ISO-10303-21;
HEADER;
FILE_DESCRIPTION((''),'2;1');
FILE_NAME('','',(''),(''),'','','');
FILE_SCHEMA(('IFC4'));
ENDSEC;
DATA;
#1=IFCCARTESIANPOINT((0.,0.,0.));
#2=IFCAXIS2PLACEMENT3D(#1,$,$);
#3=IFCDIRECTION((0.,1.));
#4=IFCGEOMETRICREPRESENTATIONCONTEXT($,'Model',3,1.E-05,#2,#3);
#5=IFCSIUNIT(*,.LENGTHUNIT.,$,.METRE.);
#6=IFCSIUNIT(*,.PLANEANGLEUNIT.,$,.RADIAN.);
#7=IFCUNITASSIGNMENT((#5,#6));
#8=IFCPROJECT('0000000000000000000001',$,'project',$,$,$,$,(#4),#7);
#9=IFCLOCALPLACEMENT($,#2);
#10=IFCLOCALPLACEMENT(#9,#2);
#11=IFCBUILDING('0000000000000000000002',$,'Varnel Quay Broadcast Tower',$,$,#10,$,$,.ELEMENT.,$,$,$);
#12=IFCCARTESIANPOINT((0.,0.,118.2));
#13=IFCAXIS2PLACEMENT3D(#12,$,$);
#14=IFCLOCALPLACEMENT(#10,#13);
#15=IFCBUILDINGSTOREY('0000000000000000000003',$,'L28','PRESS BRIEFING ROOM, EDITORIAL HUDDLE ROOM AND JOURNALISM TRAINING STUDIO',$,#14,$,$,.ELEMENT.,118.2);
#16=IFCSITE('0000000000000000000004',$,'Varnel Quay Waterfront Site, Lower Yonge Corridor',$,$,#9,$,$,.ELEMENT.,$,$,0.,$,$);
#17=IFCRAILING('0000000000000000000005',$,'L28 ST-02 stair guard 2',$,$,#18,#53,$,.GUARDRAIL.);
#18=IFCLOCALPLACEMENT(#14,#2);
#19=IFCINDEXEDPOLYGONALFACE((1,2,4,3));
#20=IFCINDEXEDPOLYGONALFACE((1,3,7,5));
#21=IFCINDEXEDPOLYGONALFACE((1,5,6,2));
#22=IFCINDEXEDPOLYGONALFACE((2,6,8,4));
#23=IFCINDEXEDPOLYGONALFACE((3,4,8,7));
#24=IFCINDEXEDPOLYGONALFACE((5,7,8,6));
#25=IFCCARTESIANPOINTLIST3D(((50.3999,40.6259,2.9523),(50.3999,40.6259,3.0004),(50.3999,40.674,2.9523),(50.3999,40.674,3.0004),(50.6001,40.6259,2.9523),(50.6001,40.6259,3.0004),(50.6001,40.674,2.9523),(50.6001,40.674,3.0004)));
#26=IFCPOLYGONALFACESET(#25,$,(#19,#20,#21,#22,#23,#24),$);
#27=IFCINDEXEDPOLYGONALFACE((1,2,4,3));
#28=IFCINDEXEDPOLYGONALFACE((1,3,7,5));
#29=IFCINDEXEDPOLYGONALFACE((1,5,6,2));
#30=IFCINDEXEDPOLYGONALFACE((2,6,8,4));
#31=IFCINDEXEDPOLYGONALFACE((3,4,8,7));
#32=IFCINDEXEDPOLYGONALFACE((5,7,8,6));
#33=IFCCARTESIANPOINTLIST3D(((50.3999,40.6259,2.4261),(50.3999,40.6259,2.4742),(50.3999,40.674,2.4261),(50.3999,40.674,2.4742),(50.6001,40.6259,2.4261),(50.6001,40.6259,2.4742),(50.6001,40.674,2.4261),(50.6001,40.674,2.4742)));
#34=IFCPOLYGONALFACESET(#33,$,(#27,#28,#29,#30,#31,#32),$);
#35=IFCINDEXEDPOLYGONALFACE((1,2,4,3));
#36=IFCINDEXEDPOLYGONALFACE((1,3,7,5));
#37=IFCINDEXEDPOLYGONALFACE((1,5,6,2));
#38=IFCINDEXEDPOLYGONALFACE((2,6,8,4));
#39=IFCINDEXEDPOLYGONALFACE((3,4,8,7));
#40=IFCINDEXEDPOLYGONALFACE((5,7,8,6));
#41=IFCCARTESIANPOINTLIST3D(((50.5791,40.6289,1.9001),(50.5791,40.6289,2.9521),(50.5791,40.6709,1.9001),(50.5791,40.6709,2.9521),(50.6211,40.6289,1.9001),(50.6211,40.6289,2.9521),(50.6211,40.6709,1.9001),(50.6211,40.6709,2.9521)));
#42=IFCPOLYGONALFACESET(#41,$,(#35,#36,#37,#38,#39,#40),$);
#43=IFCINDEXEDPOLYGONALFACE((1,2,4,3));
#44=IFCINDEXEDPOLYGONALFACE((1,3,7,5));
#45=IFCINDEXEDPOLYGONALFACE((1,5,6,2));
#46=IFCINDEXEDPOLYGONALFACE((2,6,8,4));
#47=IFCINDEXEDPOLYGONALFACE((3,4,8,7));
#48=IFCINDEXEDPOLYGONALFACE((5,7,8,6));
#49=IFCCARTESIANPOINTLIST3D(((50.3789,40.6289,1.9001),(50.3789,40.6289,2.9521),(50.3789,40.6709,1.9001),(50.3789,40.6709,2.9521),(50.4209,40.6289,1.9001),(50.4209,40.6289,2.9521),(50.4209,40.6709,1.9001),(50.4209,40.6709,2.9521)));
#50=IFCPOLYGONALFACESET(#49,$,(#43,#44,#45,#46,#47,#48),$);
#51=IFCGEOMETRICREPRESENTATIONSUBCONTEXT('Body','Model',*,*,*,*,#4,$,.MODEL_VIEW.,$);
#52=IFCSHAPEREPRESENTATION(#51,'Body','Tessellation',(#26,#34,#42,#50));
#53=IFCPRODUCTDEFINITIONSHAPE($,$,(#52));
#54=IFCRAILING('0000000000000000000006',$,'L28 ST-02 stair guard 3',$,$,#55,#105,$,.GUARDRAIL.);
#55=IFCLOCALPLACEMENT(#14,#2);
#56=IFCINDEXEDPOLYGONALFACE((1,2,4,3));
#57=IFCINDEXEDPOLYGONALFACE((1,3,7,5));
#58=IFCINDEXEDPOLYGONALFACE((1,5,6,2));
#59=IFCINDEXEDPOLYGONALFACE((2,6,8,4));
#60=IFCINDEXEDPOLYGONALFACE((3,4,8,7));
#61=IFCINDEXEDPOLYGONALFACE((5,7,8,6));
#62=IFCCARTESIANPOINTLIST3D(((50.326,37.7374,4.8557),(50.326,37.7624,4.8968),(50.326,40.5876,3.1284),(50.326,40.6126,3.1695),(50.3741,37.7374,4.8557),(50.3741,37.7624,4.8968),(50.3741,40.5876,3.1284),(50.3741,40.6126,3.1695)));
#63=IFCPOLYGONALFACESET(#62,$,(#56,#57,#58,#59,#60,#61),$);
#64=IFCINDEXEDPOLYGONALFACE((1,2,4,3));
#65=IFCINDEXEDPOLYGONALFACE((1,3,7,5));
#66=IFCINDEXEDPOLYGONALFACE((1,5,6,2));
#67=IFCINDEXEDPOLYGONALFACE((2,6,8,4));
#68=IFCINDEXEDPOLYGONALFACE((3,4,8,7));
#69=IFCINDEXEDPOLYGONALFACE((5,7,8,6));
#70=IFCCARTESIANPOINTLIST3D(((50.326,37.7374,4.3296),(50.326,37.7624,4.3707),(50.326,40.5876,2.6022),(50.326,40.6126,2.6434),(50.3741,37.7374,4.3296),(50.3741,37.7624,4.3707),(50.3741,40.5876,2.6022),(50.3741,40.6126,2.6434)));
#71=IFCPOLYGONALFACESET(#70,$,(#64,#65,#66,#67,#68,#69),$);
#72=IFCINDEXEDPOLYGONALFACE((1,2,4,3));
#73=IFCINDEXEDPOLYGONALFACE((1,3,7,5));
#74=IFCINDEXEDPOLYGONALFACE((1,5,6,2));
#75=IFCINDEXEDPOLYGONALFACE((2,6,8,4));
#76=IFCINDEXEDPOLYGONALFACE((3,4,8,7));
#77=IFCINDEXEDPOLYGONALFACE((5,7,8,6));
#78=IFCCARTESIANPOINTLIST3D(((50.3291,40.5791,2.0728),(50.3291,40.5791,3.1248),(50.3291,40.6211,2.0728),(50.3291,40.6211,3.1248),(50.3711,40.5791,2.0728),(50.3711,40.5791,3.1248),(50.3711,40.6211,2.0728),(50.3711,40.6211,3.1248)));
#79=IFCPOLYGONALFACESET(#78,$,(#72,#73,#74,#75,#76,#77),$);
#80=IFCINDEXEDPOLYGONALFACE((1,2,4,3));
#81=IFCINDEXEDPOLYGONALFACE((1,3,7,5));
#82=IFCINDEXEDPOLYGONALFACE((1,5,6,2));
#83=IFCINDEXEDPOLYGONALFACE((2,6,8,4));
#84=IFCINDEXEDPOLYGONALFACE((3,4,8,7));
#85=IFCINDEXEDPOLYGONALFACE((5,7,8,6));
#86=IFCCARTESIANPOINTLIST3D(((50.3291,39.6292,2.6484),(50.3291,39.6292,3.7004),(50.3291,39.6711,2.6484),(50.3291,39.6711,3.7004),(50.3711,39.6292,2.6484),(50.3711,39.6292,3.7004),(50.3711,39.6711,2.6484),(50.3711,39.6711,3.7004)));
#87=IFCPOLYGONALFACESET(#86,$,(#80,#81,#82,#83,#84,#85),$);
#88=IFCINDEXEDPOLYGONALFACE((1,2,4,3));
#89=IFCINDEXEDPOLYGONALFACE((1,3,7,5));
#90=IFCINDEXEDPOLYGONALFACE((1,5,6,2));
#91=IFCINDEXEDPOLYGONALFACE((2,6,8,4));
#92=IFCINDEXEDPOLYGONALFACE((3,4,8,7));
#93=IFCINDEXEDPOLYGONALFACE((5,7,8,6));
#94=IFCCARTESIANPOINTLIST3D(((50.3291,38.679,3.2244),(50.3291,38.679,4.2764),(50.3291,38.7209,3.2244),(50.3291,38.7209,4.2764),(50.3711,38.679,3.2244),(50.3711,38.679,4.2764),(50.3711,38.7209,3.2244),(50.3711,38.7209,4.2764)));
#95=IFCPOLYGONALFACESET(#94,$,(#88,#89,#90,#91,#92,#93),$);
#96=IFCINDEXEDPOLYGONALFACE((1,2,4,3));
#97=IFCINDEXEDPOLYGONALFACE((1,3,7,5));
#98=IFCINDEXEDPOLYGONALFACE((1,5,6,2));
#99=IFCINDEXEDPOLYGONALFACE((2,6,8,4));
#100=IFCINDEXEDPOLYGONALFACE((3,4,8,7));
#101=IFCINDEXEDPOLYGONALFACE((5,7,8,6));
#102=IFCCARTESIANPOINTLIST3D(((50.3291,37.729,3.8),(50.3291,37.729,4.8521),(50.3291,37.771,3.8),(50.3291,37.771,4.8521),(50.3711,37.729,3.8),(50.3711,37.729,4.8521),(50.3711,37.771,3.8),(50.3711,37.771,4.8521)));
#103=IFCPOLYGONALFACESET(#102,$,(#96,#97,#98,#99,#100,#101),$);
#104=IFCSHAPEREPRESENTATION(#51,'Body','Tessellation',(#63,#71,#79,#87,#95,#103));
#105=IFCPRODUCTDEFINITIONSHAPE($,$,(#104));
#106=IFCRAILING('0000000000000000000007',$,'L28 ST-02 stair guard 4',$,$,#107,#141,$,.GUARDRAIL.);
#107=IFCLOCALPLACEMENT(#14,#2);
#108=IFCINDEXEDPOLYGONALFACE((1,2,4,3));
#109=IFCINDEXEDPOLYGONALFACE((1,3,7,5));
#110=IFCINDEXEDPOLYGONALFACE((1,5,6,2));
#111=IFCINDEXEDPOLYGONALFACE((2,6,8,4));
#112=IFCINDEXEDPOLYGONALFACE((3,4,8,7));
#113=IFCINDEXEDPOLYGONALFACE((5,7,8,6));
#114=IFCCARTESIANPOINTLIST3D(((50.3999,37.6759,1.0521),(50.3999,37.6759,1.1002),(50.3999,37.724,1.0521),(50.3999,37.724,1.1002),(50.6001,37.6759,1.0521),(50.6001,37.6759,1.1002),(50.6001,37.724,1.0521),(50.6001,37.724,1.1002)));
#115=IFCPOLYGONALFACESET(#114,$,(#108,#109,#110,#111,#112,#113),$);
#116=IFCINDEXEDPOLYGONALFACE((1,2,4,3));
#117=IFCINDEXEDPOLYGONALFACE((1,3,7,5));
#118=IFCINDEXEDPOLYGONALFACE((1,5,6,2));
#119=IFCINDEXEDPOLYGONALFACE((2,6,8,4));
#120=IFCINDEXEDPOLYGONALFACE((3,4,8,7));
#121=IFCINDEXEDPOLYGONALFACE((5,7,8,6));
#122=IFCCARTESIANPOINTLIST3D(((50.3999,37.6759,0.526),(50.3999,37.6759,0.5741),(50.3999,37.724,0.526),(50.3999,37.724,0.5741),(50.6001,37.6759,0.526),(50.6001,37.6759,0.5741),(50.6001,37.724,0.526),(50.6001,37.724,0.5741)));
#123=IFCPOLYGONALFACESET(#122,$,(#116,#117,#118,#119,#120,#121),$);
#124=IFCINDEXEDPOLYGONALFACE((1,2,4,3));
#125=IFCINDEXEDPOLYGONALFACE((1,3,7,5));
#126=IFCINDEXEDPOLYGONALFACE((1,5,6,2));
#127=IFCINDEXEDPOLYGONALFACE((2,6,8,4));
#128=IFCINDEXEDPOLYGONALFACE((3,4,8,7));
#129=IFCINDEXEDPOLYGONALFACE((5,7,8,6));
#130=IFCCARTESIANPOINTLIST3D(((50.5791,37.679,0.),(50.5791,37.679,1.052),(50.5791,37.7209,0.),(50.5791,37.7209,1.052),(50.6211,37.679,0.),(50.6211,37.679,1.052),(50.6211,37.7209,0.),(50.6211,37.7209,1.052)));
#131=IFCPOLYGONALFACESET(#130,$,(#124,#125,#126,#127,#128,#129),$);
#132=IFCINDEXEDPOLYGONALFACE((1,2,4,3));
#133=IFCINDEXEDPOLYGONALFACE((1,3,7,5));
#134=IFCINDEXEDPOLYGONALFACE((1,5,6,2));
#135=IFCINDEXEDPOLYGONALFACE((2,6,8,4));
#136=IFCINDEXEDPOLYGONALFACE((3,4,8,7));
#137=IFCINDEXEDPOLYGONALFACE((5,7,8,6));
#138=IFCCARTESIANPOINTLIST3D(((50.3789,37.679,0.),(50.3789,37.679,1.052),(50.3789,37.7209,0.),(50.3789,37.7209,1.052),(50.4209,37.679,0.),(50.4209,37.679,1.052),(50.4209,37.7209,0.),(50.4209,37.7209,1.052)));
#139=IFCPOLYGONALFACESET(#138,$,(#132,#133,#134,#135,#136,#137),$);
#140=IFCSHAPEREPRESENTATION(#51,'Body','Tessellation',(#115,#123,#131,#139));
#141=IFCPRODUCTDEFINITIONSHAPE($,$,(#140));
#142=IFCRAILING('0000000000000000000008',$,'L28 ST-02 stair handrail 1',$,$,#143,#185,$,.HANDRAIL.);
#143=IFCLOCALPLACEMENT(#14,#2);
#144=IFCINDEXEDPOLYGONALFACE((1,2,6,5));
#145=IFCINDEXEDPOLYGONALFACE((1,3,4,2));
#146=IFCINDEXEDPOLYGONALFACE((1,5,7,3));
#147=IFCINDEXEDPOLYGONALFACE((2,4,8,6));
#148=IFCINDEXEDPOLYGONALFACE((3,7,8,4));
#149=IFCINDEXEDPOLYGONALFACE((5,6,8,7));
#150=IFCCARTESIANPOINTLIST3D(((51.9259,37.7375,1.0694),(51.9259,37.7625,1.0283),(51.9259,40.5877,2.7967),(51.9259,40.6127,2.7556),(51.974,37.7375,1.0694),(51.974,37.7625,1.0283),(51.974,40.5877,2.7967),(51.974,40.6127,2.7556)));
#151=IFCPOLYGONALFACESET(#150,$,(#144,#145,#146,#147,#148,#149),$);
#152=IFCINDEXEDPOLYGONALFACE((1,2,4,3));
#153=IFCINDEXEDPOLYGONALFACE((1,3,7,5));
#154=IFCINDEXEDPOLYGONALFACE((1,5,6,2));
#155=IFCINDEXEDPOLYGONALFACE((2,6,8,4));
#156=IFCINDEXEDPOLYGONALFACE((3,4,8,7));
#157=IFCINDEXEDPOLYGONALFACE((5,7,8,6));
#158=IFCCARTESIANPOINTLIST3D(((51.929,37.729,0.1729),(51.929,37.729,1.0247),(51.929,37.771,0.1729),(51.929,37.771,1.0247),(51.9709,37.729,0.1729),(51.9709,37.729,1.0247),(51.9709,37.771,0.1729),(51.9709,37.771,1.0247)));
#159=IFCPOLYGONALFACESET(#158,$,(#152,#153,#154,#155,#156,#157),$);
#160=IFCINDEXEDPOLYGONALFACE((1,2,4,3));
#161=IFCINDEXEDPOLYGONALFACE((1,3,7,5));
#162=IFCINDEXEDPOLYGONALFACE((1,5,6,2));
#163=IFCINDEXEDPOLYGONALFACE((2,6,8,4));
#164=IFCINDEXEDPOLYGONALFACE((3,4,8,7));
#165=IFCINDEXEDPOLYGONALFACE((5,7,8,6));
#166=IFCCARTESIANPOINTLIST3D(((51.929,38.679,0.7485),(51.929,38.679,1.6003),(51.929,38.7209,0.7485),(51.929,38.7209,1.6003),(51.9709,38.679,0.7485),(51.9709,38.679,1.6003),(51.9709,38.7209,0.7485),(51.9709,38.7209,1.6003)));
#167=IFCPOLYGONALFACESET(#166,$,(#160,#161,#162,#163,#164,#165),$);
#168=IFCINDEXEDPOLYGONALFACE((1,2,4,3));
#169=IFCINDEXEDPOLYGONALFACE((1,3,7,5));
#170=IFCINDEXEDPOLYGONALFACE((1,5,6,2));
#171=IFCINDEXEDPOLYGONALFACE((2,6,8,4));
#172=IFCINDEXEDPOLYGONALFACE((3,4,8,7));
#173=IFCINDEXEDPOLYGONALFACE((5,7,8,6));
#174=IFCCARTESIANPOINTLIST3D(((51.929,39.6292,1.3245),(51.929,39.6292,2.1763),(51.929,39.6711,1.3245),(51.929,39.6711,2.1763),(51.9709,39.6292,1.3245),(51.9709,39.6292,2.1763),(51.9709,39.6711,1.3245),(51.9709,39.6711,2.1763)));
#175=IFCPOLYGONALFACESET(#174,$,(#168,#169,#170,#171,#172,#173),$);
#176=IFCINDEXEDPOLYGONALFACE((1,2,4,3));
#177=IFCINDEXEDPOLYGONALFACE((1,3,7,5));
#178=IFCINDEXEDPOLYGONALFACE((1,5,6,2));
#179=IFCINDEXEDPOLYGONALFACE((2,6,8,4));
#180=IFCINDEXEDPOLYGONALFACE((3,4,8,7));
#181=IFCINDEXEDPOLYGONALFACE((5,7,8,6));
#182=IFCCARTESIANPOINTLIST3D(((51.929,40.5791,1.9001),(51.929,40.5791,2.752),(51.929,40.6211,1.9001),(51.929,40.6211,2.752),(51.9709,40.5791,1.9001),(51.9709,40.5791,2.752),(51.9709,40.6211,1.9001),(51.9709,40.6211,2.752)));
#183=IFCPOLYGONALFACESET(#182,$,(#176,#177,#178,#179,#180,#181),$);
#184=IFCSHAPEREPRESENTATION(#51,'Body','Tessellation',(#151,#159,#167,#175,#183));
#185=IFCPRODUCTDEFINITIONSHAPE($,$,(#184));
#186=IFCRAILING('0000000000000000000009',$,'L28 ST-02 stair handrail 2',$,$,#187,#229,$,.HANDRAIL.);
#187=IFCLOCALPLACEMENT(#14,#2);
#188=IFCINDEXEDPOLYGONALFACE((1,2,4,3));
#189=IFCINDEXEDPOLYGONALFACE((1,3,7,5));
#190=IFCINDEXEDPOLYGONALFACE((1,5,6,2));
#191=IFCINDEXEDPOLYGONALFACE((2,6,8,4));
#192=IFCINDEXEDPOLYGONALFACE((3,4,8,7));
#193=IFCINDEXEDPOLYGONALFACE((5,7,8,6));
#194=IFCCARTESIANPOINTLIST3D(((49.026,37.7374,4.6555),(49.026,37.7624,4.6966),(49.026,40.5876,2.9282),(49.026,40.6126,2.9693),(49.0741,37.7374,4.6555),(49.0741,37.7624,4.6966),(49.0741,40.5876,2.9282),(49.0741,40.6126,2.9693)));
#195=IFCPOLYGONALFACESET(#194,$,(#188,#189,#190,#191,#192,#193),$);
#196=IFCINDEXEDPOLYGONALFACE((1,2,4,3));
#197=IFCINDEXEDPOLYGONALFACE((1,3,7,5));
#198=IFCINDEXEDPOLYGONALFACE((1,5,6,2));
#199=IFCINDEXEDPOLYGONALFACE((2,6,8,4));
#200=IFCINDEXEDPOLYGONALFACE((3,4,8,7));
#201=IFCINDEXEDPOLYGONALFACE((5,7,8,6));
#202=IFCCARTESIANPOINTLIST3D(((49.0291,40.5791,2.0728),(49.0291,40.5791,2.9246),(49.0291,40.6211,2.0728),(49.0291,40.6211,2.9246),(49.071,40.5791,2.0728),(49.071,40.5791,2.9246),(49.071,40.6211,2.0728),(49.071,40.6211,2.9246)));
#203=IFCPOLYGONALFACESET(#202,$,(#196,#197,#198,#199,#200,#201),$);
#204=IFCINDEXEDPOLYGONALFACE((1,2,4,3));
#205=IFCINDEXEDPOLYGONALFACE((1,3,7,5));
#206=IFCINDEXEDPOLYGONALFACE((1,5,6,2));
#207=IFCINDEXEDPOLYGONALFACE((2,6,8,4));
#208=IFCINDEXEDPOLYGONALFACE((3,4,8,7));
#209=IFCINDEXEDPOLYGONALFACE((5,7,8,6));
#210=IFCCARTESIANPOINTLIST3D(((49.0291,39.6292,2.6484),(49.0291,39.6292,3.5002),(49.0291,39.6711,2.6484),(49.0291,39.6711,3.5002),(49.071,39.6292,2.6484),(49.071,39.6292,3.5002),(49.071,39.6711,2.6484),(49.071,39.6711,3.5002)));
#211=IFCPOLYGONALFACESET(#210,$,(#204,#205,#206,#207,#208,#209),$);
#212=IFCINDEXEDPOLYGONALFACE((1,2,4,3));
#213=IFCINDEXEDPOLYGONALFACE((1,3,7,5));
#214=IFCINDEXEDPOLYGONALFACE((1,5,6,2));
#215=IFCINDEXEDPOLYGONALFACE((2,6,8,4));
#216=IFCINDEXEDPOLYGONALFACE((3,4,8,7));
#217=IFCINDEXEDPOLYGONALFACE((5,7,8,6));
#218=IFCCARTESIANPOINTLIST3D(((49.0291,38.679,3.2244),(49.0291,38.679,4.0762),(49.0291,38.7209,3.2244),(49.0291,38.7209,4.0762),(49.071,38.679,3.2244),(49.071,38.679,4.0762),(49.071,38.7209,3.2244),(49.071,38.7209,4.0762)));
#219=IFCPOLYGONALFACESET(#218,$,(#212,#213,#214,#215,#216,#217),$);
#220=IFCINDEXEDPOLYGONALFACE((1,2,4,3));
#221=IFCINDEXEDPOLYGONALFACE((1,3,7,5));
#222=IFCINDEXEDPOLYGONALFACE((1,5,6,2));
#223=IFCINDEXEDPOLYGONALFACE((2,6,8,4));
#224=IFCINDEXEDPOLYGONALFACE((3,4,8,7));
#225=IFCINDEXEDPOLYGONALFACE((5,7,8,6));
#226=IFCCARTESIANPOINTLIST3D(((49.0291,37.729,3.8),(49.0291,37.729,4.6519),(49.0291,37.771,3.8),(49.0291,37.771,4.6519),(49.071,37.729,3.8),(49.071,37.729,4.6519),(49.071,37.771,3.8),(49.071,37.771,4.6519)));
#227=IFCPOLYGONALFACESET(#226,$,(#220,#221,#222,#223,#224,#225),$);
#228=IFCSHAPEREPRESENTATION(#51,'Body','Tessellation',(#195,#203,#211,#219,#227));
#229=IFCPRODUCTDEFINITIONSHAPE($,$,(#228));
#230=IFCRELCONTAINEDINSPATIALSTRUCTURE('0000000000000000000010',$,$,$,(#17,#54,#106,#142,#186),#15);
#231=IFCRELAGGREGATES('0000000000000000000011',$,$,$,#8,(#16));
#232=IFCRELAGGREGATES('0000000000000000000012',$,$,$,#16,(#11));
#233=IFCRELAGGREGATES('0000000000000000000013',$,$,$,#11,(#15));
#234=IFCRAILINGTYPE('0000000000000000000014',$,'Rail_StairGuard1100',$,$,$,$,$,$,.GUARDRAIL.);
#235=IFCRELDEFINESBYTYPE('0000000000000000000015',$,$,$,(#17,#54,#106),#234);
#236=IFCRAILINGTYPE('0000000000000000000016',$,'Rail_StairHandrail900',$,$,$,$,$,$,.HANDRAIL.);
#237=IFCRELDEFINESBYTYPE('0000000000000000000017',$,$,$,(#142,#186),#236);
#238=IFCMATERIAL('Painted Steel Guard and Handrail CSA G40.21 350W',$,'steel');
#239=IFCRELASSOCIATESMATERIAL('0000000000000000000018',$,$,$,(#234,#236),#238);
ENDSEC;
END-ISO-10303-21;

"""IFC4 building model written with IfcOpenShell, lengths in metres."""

from ifc_helpers import new_model, si_unit, direction, frame, origin, origin_2d, place, context, subcontext, project, spatial, rectangle, extrude, material, type_object, element, save


model = new_model("IFC4")

# Units and contexts
model_context = context("Model", 3, precision=1e-05, world=origin(), true_north=direction((0.0, 1.0)))
body_context = subcontext(model_context, "Body", "Model", "MODEL_VIEW")
ifc_project = project(units=[si_unit("LENGTHUNIT", "METRE"), si_unit("PLANEANGLEUNIT", "RADIAN")], contexts=[model_context])

# Site, building, storey
site_placement = place(None, origin())
site = spatial("IfcSite", under=ifc_project, at=site_placement, Name="Varnel Quay Waterfront Site, Lower Yonge Corridor", CompositionType="ELEMENT", RefElevation=0.0)
building_placement = place(site_placement, origin())
building = spatial("IfcBuilding", under=site, at=building_placement, Name="Varnel Quay Broadcast Tower", CompositionType="ELEMENT")
storey_placement = place(building_placement, frame((0.0, 0.0, 118.2)))
storey = spatial("IfcBuildingStorey", under=building, at=storey_placement, Name="L28", Description="PRESS BRIEFING ROOM, EDITORIAL HUDDLE ROOM AND JOURNALISM TRAINING STUDIO", CompositionType="ELEMENT", Elevation=118.2)

# Railings
ifc_material_1 = material(Name="Painted Steel Guard and Handrail CSA G40.21 350W", Category="steel")
railing_type_1 = type_object("IfcRailingType", Name="Rail_StairGuard1100", PredefinedType="GUARDRAIL", material=ifc_material_1)
railing_1_placement = place(storey_placement, frame((50.6001, 40.6499, 1.9001)))
element("IfcRailing", 1, at=railing_1_placement, inside=storey, type_object=railing_type_1, Name="L28 ST-02 stair guard 2", PredefinedType="GUARDRAIL", context=body_context, shape_type="SweptSolid", body=[
    extrude(rectangle(XDim=0.0481, YDim=0.0481, at=origin_2d()), frame((0.0, 0.0, 1.0762), z_axis=(-1.0, 0.0, 0.0), x_axis=(0.0, -1.0, 0.0)), (0.0, 0.0, 1.0), 0.2002),
    extrude(rectangle(XDim=0.0481, YDim=0.0481, at=origin_2d()), frame((0.0, 0.0, 0.55), z_axis=(-1.0, 0.0, 0.0), x_axis=(0.0, -1.0, 0.0)), (0.0, 0.0, 1.0), 0.2002),
    extrude(rectangle(XDim=0.042, YDim=0.042, at=origin_2d()), origin(), (0.0, 0.0, 1.0), 1.052),
    extrude(rectangle(XDim=0.042, YDim=0.042, at=origin_2d()), frame((-0.2002, 0.0, 0.0)), (0.0, 0.0, 1.0), 1.052),
])
railing_2_placement = place(storey_placement, frame((50.3501, 40.6001, 2.0728)))
element("IfcRailing", 2, at=railing_2_placement, inside=storey, type_object=railing_type_1, Name="L28 ST-02 stair guard 3", PredefinedType="GUARDRAIL", context=body_context, shape_type="SweptSolid", body=[
    extrude(rectangle(XDim=0.0481, YDim=0.0481, at=origin_2d()), frame((0.0, 0.0, 1.0762), z_axis=(0.0, -0.855203, 0.518294), x_axis=(1.0, 0.0, 0.0)), (0.0, 0.0, 1.0), 3.3328),
    extrude(rectangle(XDim=0.0481, YDim=0.0481, at=origin_2d()), frame((0.0, 0.0, 0.55), z_axis=(0.0, -0.855203, 0.518294), x_axis=(1.0, 0.0, 0.0)), (0.0, 0.0, 1.0), 3.3328),
    extrude(rectangle(XDim=0.042, YDim=0.042, at=origin_2d()), origin(), (0.0, 0.0, 1.0), 1.052),
    extrude(rectangle(XDim=0.042, YDim=0.042, at=origin_2d()), frame((0.0, -0.95, 0.5757)), (0.0, 0.0, 1.0), 1.052),
    extrude(rectangle(XDim=0.042, YDim=0.042, at=origin_2d()), frame((0.0, -1.9001, 1.1516)), (0.0, 0.0, 1.0), 1.052),
    extrude(rectangle(XDim=0.042, YDim=0.042, at=origin_2d()), frame((0.0, -2.8501, 1.7273)), (0.0, 0.0, 1.0), 1.052),
])
railing_3_placement = place(storey_placement, frame((50.6001, 37.7, 0.0)))
element("IfcRailing", 3, at=railing_3_placement, inside=storey, type_object=railing_type_1, Name="L28 ST-02 stair guard 4", PredefinedType="GUARDRAIL", context=body_context, shape_type="SweptSolid", body=[
    extrude(rectangle(XDim=0.0481, YDim=0.0481, at=origin_2d()), frame((0.0, 0.0, 1.0762), z_axis=(-1.0, 0.0, 0.0), x_axis=(0.0, -1.0, 0.0)), (0.0, 0.0, 1.0), 0.2002),
    extrude(rectangle(XDim=0.0481, YDim=0.0481, at=origin_2d()), frame((0.0, 0.0, 0.55), z_axis=(-1.0, 0.0, 0.0), x_axis=(0.0, -1.0, 0.0)), (0.0, 0.0, 1.0), 0.2002),
    extrude(rectangle(XDim=0.042, YDim=0.042, at=origin_2d()), origin(), (0.0, 0.0, 1.0), 1.052),
    extrude(rectangle(XDim=0.042, YDim=0.042, at=origin_2d()), frame((-0.2002, 0.0, 0.0)), (0.0, 0.0, 1.0), 1.052),
])
railing_type_2 = type_object("IfcRailingType", Name="Rail_StairHandrail900", PredefinedType="HANDRAIL", material=ifc_material_1)
railing_4_placement = place(storey_placement, frame((51.95, 37.75, 0.1729)))
element("IfcRailing", 4, at=railing_4_placement, inside=storey, type_object=railing_type_2, Name="L28 ST-02 stair handrail 1", PredefinedType="HANDRAIL", context=body_context, shape_type="SweptSolid", body=[
    extrude(rectangle(XDim=0.0481, YDim=0.0481, at=origin_2d()), frame((0.0, 0.0, 0.876), z_axis=(0.0, 0.855203, 0.518294), x_axis=(-1.0, 0.0, 0.0)), (0.0, 0.0, 1.0), 3.3328),
    extrude(rectangle(XDim=0.042, YDim=0.042, at=origin_2d()), origin(), (0.0, 0.0, 1.0), 0.8518),
    extrude(rectangle(XDim=0.042, YDim=0.042, at=origin_2d()), frame((0.0, 0.95, 0.5757)), (0.0, 0.0, 1.0), 0.8518),
    extrude(rectangle(XDim=0.042, YDim=0.042, at=origin_2d()), frame((0.0, 1.9001, 1.1516)), (0.0, 0.0, 1.0), 0.8518),
    extrude(rectangle(XDim=0.042, YDim=0.042, at=origin_2d()), frame((0.0, 2.8501, 1.7273)), (0.0, 0.0, 1.0), 0.8518),
])
railing_5_placement = place(storey_placement, frame((49.05, 40.6001, 2.0728)))
element("IfcRailing", 5, at=railing_5_placement, inside=storey, type_object=railing_type_2, Name="L28 ST-02 stair handrail 2", PredefinedType="HANDRAIL", context=body_context, shape_type="SweptSolid", body=[
    extrude(rectangle(XDim=0.0481, YDim=0.0481, at=origin_2d()), frame((0.0, 0.0, 0.876), z_axis=(0.0, -0.855203, 0.518294), x_axis=(1.0, 0.0, 0.0)), (0.0, 0.0, 1.0), 3.3328),
    extrude(rectangle(XDim=0.042, YDim=0.042, at=origin_2d()), origin(), (0.0, 0.0, 1.0), 0.8518),
    extrude(rectangle(XDim=0.042, YDim=0.042, at=origin_2d()), frame((0.0, -0.95, 0.5757)), (0.0, 0.0, 1.0), 0.8518),
    extrude(rectangle(XDim=0.042, YDim=0.042, at=origin_2d()), frame((0.0, -1.9001, 1.1516)), (0.0, 0.0, 1.0), 0.8518),
    extrude(rectangle(XDim=0.042, YDim=0.042, at=origin_2d()), frame((0.0, -2.8501, 1.7273)), (0.0, 0.0, 1.0), 0.8518),
])

save(model, "model.ifc")
